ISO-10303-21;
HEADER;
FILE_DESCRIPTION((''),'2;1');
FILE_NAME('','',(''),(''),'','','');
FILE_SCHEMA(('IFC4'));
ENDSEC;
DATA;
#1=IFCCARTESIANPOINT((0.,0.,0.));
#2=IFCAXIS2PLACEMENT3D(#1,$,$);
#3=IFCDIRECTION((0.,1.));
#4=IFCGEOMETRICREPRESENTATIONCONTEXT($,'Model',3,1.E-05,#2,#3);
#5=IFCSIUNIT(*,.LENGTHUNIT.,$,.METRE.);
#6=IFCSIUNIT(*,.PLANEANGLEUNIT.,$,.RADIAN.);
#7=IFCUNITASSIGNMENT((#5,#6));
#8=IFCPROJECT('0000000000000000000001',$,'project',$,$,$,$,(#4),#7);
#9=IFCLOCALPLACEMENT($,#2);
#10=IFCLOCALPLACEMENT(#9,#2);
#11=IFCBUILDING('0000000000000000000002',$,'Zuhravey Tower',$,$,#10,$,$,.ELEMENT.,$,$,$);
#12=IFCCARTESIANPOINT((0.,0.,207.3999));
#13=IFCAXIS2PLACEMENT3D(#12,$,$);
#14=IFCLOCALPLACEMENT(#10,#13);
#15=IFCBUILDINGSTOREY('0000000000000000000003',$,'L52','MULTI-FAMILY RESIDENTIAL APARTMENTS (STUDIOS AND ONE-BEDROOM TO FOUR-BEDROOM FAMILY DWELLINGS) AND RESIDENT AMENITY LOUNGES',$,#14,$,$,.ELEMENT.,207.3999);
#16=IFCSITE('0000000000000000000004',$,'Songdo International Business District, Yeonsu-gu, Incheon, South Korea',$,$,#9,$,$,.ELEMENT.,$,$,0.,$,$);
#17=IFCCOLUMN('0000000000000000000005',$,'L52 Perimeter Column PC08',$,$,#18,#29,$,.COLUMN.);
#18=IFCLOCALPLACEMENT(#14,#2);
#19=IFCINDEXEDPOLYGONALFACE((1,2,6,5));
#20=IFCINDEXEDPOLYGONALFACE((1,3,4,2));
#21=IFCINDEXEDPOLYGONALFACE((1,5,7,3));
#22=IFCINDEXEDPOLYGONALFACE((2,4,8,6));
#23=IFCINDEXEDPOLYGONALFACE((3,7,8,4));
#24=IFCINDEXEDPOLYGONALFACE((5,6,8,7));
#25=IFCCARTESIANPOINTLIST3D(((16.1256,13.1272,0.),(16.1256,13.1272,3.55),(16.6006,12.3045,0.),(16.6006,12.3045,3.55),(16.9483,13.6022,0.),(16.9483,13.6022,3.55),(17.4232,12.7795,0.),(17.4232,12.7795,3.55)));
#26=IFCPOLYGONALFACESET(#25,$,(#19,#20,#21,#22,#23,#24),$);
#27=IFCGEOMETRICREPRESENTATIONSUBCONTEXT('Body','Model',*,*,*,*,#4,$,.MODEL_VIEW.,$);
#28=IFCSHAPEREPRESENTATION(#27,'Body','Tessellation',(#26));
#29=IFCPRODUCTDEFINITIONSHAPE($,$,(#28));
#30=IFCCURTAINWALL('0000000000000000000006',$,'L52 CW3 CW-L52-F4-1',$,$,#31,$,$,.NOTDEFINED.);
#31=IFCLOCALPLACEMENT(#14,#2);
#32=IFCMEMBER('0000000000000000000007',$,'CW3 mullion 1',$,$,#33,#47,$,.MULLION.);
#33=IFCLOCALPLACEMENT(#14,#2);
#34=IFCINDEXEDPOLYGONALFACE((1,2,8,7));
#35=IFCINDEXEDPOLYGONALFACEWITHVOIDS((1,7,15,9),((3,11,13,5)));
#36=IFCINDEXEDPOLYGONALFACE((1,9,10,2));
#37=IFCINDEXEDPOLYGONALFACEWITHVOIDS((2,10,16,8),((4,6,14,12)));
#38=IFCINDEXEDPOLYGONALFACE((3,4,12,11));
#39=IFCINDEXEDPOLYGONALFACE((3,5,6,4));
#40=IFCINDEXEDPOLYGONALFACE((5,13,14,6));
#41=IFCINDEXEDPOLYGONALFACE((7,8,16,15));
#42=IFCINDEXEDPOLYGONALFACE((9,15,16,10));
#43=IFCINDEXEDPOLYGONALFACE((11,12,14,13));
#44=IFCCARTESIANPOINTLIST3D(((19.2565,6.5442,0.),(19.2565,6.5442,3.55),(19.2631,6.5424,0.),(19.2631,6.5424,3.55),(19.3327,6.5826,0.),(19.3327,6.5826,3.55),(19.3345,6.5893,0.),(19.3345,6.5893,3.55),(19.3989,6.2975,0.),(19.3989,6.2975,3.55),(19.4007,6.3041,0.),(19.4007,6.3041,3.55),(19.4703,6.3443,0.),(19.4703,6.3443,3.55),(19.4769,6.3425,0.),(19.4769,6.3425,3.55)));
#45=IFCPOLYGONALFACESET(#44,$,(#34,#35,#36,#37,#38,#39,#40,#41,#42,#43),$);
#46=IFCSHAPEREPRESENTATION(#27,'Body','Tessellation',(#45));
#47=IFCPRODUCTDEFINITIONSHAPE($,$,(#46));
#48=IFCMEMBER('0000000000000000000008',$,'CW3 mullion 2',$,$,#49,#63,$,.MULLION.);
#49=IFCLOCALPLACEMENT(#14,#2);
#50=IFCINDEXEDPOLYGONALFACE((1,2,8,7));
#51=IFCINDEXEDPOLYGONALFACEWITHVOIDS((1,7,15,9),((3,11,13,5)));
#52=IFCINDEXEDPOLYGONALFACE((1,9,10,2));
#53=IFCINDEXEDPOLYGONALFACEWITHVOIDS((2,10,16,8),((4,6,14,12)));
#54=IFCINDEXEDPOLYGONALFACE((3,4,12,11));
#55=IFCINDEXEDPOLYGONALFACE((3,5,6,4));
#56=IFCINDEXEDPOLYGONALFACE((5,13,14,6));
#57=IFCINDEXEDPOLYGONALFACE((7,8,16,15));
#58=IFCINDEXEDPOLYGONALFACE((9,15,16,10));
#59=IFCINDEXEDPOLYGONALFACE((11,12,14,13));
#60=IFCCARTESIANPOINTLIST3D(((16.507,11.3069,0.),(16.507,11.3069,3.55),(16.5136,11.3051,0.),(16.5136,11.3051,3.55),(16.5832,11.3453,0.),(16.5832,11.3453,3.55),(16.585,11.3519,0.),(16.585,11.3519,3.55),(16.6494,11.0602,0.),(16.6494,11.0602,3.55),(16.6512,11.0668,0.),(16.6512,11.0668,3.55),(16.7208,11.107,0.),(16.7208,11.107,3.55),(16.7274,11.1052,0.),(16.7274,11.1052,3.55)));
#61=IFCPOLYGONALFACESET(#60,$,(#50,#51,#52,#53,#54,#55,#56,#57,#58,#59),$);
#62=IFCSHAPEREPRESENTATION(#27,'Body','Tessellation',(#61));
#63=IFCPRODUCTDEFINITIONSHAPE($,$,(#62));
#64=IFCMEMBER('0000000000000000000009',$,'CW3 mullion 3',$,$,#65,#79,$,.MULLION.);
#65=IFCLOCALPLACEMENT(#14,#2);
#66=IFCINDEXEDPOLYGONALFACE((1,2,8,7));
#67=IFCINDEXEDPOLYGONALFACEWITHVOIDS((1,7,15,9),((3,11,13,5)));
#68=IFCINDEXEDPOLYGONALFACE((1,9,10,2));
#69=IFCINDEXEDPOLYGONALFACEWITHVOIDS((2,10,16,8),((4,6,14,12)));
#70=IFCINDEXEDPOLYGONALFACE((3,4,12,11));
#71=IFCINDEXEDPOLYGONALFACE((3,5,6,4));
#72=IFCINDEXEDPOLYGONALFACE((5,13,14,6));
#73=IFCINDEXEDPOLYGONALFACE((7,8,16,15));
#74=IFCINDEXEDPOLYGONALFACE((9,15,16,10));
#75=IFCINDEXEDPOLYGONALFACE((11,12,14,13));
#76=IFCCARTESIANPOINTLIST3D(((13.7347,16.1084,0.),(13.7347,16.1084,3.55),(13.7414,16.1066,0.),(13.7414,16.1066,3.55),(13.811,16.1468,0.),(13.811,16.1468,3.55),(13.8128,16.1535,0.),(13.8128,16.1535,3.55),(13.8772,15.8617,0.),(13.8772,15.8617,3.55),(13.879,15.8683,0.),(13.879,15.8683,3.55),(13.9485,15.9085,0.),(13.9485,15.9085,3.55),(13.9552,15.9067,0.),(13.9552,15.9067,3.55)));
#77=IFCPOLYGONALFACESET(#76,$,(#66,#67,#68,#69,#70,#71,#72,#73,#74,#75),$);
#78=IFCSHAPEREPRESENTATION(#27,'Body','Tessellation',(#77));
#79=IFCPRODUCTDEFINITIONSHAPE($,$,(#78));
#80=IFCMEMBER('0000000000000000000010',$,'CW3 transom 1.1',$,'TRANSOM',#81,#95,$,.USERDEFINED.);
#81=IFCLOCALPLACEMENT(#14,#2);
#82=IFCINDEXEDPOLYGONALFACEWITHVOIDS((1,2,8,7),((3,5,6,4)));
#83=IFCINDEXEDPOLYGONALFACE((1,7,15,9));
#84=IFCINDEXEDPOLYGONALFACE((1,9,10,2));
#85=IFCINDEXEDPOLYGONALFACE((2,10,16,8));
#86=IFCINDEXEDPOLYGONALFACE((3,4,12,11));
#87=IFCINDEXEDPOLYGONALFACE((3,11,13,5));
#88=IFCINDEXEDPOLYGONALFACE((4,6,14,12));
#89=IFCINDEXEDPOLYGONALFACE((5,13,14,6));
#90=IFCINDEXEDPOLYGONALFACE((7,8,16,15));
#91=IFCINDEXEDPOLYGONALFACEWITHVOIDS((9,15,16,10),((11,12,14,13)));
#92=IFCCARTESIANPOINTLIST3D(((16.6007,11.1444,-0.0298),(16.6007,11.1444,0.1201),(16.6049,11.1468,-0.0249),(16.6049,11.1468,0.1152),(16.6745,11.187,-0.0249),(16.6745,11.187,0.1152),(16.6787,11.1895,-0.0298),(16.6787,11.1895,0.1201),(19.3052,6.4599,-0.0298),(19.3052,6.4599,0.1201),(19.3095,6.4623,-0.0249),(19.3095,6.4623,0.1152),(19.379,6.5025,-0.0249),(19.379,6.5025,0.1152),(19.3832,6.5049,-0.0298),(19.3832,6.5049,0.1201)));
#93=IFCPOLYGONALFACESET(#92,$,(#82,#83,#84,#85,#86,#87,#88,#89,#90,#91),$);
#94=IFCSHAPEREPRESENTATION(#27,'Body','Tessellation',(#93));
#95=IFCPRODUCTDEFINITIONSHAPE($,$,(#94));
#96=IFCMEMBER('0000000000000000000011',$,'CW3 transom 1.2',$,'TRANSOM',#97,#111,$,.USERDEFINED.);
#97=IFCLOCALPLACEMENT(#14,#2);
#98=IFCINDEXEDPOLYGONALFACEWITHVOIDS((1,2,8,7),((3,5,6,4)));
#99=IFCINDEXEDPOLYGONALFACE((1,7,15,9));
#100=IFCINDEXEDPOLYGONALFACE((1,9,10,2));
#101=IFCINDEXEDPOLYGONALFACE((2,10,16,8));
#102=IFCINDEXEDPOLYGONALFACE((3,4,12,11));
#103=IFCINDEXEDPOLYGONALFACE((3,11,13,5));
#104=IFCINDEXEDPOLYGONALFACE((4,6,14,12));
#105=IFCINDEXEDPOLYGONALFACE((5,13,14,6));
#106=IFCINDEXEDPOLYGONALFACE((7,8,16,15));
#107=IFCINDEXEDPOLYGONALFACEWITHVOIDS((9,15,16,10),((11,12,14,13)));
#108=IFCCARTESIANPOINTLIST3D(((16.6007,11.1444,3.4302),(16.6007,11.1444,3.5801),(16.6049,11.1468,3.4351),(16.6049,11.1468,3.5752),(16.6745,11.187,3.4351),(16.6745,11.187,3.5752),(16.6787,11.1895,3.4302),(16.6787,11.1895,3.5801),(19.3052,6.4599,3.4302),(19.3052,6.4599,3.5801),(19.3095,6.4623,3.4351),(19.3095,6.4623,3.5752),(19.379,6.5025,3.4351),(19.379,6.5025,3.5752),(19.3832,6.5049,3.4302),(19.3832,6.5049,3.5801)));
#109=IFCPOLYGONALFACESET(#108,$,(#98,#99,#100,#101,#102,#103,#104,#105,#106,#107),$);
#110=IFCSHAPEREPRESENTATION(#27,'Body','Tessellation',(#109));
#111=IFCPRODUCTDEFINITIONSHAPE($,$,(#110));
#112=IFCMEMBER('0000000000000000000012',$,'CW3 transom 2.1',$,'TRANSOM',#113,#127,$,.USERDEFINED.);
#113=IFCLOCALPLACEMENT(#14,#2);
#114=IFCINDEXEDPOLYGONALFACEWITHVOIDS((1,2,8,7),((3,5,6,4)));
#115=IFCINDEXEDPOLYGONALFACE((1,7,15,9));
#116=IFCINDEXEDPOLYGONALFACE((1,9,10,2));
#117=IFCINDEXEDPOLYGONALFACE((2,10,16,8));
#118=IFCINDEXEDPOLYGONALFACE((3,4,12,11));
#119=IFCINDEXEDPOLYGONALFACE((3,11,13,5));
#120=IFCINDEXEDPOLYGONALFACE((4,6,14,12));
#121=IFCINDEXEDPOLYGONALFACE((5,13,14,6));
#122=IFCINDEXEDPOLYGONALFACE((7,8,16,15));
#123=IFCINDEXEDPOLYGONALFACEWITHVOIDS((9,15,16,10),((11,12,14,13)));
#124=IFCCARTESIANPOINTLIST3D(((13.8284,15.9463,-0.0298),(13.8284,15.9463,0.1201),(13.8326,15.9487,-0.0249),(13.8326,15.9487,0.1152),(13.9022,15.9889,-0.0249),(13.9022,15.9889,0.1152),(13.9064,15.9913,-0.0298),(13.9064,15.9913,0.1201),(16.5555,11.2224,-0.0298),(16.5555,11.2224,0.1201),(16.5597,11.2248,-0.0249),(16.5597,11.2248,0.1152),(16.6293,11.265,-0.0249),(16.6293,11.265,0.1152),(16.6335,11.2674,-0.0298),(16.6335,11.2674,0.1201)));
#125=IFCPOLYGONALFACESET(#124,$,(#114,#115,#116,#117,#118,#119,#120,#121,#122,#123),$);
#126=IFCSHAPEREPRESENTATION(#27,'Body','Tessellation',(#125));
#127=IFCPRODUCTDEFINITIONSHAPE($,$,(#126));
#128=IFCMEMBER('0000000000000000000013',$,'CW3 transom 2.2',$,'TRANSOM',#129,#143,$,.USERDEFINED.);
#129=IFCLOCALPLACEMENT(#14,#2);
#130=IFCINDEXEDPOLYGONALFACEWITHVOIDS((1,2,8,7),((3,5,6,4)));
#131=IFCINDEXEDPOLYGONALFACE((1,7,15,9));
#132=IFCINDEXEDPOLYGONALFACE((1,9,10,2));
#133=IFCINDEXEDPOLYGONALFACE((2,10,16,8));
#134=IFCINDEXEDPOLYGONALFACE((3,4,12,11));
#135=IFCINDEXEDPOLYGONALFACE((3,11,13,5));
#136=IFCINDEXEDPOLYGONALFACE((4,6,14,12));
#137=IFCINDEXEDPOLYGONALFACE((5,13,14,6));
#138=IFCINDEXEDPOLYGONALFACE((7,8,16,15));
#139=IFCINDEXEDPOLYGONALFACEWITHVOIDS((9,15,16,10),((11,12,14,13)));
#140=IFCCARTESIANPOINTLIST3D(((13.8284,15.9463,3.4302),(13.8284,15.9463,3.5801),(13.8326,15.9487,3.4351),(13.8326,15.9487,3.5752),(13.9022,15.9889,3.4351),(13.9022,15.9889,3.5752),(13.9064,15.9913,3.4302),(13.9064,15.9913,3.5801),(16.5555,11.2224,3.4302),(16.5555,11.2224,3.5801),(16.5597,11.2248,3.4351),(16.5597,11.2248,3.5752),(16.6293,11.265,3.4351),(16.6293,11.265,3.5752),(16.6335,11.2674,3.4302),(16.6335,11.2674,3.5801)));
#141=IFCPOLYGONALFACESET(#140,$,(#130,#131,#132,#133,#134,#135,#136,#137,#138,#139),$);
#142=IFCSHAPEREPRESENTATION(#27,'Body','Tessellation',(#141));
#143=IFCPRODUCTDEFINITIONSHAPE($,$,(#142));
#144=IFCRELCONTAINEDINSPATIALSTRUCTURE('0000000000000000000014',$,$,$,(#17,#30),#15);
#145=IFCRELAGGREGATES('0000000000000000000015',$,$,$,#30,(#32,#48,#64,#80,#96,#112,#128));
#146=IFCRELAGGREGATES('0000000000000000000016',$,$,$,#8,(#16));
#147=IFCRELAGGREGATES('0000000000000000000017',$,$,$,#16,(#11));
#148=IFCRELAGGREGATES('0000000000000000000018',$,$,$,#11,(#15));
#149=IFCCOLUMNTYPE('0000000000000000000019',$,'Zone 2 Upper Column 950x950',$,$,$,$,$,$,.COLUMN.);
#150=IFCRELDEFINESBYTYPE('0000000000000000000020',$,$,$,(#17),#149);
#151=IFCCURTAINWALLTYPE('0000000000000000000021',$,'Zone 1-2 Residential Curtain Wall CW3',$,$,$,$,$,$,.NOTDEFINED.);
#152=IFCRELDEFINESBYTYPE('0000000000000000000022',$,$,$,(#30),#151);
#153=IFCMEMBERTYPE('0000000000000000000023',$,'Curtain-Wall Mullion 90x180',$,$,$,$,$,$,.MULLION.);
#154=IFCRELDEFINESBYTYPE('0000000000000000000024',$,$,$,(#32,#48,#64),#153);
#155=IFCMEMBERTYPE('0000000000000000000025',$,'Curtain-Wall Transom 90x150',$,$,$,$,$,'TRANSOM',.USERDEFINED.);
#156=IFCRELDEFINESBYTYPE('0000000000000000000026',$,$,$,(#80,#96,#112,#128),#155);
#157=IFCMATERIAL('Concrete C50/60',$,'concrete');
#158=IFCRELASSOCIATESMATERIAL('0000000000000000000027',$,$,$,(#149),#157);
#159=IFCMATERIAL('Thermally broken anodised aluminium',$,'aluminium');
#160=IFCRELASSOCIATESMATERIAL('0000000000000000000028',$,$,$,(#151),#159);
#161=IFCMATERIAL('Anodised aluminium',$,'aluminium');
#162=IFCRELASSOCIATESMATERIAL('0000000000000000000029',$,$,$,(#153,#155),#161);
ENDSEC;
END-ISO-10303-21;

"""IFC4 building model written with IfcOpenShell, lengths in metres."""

from ifc_helpers import new_model, si_unit, direction, frame, origin, origin_2d, place, context, subcontext, project, spatial, rectangle, hollow_rectangle, extrude, material, material_profile, profile_set, type_object, element, aggregate, save


model = new_model("IFC4")

# Units and contexts
model_context = context("Model", 3, precision=1e-05, world=origin(), true_north=direction((0.0, 1.0)))
body_context = subcontext(model_context, "Body", "Model", "MODEL_VIEW")
ifc_project = project(units=[si_unit("LENGTHUNIT", "METRE"), si_unit("PLANEANGLEUNIT", "RADIAN")], contexts=[model_context])

# Site, building, storey
site_placement = place(None, origin())
site = spatial("IfcSite", under=ifc_project, at=site_placement, Name="Songdo International Business District, Yeonsu-gu, Incheon, South Korea", CompositionType="ELEMENT", RefElevation=0.0)
building_placement = place(site_placement, origin())
building = spatial("IfcBuilding", under=site, at=building_placement, Name="Zuhravey Tower", CompositionType="ELEMENT")
storey_placement = place(building_placement, frame((0.0, 0.0, 207.3999)))
storey = spatial("IfcBuildingStorey", under=building, at=storey_placement, Name="L52", Description="MULTI-FAMILY RESIDENTIAL APARTMENTS (STUDIOS AND ONE-BEDROOM TO FOUR-BEDROOM FAMILY DWELLINGS) AND RESIDENT AMENITY LOUNGES", CompositionType="ELEMENT", Elevation=207.3999)

# Column
ifc_material_1 = material(Name="Concrete C50/60", Category="concrete")
ifc_material_profile_1 = material_profile(ifc_material_1, rectangle(XDim=0.95, YDim=0.95, at=origin_2d()), Name="RC-950x950")
ifc_profile_set_1 = profile_set([ifc_material_profile_1], Name="Concrete C50/60")
column_type = type_object("IfcColumnType", Name="Zone 2 Upper Column 950x950", PredefinedType="COLUMN", material=ifc_profile_set_1)
column_placement = place(storey_placement, frame((16.7744, 12.9534, 0.0), z_axis=(0.0, 0.0, 1.0), x_axis=(0.5, -0.866025, 0.0)))
element("IfcColumn", 1, at=column_placement, inside=storey, type_object=column_type, Name="L52 Perimeter Column PC08", PredefinedType="COLUMN", context=body_context, shape_type="SweptSolid", body=[
    extrude(rectangle(XDim=0.95, YDim=0.95, at=origin_2d()), origin(), (0.0, 0.0, 1.0), 3.55),
])

# Curtain wall, members
ifc_material_2 = material(Name="Thermally broken anodised aluminium", Category="aluminium")
curtain_wall_type = type_object("IfcCurtainWallType", Name="Zone 1-2 Residential Curtain Wall CW3", PredefinedType="NOTDEFINED", material=ifc_material_2)
curtain_wall_placement = place(storey_placement, origin())
curtain_wall = element("IfcCurtainWall", 2, at=curtain_wall_placement, inside=storey, type_object=curtain_wall_type, Name="L52 CW3 CW-L52-F4-1", PredefinedType="NOTDEFINED")
ifc_material_3 = material(Name="Anodised aluminium", Category="aluminium")
ifc_material_profile_2 = material_profile(ifc_material_3, hollow_rectangle(XDim=0.0901, YDim=0.2849, WallThickness=0.0049, at=origin_2d()), Name="ALU-RHS-90x285x5")
ifc_profile_set_2 = profile_set([ifc_material_profile_2], Name="Anodised aluminium")
member_type_1 = type_object("IfcMemberType", Name="Curtain-Wall Mullion 90x180", PredefinedType="MULLION", material=ifc_profile_set_2)
member_1_placement = place(storey_placement, frame((19.3667, 6.4434, 0.0), z_axis=(0.0, 0.0, 1.0), x_axis=(-0.866025, -0.5, 0.0)))
member_1 = element("IfcMember", 3, at=member_1_placement, type_object=member_type_1, Name="CW3 mullion 1", PredefinedType="MULLION", context=body_context, shape_type="SweptSolid", body=[
    extrude(hollow_rectangle(XDim=0.0901, YDim=0.2849, WallThickness=0.0049, at=origin_2d()), origin(), (0.0, 0.0, 1.0), 3.55),
])
member_2_placement = place(storey_placement, frame((16.6172, 11.2061, 0.0), z_axis=(0.0, 0.0, 1.0), x_axis=(-0.866025, -0.5, 0.0)))
member_2 = element("IfcMember", 4, at=member_2_placement, type_object=member_type_1, Name="CW3 mullion 2", PredefinedType="MULLION", context=body_context, shape_type="SweptSolid", body=[
    extrude(hollow_rectangle(XDim=0.0901, YDim=0.2849, WallThickness=0.0049, at=origin_2d()), origin(), (0.0, 0.0, 1.0), 3.55),
])
member_3_placement = place(storey_placement, frame((13.845, 16.0076, 0.0), z_axis=(0.0, 0.0, 1.0), x_axis=(-0.866025, -0.5, 0.0)))
member_3 = element("IfcMember", 5, at=member_3_placement, type_object=member_type_1, Name="CW3 mullion 3", PredefinedType="MULLION", context=body_context, shape_type="SweptSolid", body=[
    extrude(hollow_rectangle(XDim=0.0901, YDim=0.2849, WallThickness=0.0049, at=origin_2d()), origin(), (0.0, 0.0, 1.0), 3.55),
])
ifc_material_profile_3 = material_profile(ifc_material_3, hollow_rectangle(XDim=0.0901, YDim=0.1499, WallThickness=0.0049, at=origin_2d()), Name="ALU-RHS-90x150x5")
ifc_profile_set_3 = profile_set([ifc_material_profile_3], Name="Anodised aluminium")
member_type_2 = type_object("IfcMemberType", Name="Curtain-Wall Transom 90x150", ElementType="TRANSOM", PredefinedType="USERDEFINED", material=ifc_profile_set_3)
member_4_placement = place(storey_placement, frame((19.3442, 6.4824, 0.0452), z_axis=(-0.499993, 0.866029, 0.0), x_axis=(-0.866029, -0.499993, 0.0)))
member_4 = element("IfcMember", 6, at=member_4_placement, type_object=member_type_2, Name="CW3 transom 1.1", ObjectType="TRANSOM", PredefinedType="USERDEFINED", context=body_context, shape_type="SweptSolid", body=[
    extrude(hollow_rectangle(XDim=0.0901, YDim=0.1499, WallThickness=0.0049, at=origin_2d()), origin(), (0.0, 0.0, 1.0), 5.4092),
])
member_5_placement = place(storey_placement, frame((19.3442, 6.4824, 3.5051), z_axis=(-0.499993, 0.866029, 0.0), x_axis=(-0.866029, -0.499993, 0.0)))
member_5 = element("IfcMember", 7, at=member_5_placement, type_object=member_type_2, Name="CW3 transom 1.2", ObjectType="TRANSOM", PredefinedType="USERDEFINED", context=body_context, shape_type="SweptSolid", body=[
    extrude(hollow_rectangle(XDim=0.0901, YDim=0.1499, WallThickness=0.0049, at=origin_2d()), origin(), (0.0, 0.0, 1.0), 5.4092),
])
member_6_placement = place(storey_placement, frame((16.5945, 11.2449, 0.0452), z_axis=(-0.499961, 0.866048, 0.0), x_axis=(-0.866048, -0.499961, 0.0)))
member_6 = element("IfcMember", 8, at=member_6_placement, type_object=member_type_2, Name="CW3 transom 2.1", ObjectType="TRANSOM", PredefinedType="USERDEFINED", context=body_context, shape_type="SweptSolid", body=[
    extrude(hollow_rectangle(XDim=0.0901, YDim=0.1499, WallThickness=0.0049, at=origin_2d()), origin(), (0.0, 0.0, 1.0), 5.4546),
])
member_7_placement = place(storey_placement, frame((16.5945, 11.2449, 3.5051), z_axis=(-0.499961, 0.866048, 0.0), x_axis=(-0.866048, -0.499961, 0.0)))
member_7 = element("IfcMember", 9, at=member_7_placement, type_object=member_type_2, Name="CW3 transom 2.2", ObjectType="TRANSOM", PredefinedType="USERDEFINED", context=body_context, shape_type="SweptSolid", body=[
    extrude(hollow_rectangle(XDim=0.0901, YDim=0.1499, WallThickness=0.0049, at=origin_2d()), origin(), (0.0, 0.0, 1.0), 5.4546),
])

aggregate(curtain_wall, [member_1, member_2, member_3, member_4, member_5, member_6, member_7])

save(model, "model.ifc")
